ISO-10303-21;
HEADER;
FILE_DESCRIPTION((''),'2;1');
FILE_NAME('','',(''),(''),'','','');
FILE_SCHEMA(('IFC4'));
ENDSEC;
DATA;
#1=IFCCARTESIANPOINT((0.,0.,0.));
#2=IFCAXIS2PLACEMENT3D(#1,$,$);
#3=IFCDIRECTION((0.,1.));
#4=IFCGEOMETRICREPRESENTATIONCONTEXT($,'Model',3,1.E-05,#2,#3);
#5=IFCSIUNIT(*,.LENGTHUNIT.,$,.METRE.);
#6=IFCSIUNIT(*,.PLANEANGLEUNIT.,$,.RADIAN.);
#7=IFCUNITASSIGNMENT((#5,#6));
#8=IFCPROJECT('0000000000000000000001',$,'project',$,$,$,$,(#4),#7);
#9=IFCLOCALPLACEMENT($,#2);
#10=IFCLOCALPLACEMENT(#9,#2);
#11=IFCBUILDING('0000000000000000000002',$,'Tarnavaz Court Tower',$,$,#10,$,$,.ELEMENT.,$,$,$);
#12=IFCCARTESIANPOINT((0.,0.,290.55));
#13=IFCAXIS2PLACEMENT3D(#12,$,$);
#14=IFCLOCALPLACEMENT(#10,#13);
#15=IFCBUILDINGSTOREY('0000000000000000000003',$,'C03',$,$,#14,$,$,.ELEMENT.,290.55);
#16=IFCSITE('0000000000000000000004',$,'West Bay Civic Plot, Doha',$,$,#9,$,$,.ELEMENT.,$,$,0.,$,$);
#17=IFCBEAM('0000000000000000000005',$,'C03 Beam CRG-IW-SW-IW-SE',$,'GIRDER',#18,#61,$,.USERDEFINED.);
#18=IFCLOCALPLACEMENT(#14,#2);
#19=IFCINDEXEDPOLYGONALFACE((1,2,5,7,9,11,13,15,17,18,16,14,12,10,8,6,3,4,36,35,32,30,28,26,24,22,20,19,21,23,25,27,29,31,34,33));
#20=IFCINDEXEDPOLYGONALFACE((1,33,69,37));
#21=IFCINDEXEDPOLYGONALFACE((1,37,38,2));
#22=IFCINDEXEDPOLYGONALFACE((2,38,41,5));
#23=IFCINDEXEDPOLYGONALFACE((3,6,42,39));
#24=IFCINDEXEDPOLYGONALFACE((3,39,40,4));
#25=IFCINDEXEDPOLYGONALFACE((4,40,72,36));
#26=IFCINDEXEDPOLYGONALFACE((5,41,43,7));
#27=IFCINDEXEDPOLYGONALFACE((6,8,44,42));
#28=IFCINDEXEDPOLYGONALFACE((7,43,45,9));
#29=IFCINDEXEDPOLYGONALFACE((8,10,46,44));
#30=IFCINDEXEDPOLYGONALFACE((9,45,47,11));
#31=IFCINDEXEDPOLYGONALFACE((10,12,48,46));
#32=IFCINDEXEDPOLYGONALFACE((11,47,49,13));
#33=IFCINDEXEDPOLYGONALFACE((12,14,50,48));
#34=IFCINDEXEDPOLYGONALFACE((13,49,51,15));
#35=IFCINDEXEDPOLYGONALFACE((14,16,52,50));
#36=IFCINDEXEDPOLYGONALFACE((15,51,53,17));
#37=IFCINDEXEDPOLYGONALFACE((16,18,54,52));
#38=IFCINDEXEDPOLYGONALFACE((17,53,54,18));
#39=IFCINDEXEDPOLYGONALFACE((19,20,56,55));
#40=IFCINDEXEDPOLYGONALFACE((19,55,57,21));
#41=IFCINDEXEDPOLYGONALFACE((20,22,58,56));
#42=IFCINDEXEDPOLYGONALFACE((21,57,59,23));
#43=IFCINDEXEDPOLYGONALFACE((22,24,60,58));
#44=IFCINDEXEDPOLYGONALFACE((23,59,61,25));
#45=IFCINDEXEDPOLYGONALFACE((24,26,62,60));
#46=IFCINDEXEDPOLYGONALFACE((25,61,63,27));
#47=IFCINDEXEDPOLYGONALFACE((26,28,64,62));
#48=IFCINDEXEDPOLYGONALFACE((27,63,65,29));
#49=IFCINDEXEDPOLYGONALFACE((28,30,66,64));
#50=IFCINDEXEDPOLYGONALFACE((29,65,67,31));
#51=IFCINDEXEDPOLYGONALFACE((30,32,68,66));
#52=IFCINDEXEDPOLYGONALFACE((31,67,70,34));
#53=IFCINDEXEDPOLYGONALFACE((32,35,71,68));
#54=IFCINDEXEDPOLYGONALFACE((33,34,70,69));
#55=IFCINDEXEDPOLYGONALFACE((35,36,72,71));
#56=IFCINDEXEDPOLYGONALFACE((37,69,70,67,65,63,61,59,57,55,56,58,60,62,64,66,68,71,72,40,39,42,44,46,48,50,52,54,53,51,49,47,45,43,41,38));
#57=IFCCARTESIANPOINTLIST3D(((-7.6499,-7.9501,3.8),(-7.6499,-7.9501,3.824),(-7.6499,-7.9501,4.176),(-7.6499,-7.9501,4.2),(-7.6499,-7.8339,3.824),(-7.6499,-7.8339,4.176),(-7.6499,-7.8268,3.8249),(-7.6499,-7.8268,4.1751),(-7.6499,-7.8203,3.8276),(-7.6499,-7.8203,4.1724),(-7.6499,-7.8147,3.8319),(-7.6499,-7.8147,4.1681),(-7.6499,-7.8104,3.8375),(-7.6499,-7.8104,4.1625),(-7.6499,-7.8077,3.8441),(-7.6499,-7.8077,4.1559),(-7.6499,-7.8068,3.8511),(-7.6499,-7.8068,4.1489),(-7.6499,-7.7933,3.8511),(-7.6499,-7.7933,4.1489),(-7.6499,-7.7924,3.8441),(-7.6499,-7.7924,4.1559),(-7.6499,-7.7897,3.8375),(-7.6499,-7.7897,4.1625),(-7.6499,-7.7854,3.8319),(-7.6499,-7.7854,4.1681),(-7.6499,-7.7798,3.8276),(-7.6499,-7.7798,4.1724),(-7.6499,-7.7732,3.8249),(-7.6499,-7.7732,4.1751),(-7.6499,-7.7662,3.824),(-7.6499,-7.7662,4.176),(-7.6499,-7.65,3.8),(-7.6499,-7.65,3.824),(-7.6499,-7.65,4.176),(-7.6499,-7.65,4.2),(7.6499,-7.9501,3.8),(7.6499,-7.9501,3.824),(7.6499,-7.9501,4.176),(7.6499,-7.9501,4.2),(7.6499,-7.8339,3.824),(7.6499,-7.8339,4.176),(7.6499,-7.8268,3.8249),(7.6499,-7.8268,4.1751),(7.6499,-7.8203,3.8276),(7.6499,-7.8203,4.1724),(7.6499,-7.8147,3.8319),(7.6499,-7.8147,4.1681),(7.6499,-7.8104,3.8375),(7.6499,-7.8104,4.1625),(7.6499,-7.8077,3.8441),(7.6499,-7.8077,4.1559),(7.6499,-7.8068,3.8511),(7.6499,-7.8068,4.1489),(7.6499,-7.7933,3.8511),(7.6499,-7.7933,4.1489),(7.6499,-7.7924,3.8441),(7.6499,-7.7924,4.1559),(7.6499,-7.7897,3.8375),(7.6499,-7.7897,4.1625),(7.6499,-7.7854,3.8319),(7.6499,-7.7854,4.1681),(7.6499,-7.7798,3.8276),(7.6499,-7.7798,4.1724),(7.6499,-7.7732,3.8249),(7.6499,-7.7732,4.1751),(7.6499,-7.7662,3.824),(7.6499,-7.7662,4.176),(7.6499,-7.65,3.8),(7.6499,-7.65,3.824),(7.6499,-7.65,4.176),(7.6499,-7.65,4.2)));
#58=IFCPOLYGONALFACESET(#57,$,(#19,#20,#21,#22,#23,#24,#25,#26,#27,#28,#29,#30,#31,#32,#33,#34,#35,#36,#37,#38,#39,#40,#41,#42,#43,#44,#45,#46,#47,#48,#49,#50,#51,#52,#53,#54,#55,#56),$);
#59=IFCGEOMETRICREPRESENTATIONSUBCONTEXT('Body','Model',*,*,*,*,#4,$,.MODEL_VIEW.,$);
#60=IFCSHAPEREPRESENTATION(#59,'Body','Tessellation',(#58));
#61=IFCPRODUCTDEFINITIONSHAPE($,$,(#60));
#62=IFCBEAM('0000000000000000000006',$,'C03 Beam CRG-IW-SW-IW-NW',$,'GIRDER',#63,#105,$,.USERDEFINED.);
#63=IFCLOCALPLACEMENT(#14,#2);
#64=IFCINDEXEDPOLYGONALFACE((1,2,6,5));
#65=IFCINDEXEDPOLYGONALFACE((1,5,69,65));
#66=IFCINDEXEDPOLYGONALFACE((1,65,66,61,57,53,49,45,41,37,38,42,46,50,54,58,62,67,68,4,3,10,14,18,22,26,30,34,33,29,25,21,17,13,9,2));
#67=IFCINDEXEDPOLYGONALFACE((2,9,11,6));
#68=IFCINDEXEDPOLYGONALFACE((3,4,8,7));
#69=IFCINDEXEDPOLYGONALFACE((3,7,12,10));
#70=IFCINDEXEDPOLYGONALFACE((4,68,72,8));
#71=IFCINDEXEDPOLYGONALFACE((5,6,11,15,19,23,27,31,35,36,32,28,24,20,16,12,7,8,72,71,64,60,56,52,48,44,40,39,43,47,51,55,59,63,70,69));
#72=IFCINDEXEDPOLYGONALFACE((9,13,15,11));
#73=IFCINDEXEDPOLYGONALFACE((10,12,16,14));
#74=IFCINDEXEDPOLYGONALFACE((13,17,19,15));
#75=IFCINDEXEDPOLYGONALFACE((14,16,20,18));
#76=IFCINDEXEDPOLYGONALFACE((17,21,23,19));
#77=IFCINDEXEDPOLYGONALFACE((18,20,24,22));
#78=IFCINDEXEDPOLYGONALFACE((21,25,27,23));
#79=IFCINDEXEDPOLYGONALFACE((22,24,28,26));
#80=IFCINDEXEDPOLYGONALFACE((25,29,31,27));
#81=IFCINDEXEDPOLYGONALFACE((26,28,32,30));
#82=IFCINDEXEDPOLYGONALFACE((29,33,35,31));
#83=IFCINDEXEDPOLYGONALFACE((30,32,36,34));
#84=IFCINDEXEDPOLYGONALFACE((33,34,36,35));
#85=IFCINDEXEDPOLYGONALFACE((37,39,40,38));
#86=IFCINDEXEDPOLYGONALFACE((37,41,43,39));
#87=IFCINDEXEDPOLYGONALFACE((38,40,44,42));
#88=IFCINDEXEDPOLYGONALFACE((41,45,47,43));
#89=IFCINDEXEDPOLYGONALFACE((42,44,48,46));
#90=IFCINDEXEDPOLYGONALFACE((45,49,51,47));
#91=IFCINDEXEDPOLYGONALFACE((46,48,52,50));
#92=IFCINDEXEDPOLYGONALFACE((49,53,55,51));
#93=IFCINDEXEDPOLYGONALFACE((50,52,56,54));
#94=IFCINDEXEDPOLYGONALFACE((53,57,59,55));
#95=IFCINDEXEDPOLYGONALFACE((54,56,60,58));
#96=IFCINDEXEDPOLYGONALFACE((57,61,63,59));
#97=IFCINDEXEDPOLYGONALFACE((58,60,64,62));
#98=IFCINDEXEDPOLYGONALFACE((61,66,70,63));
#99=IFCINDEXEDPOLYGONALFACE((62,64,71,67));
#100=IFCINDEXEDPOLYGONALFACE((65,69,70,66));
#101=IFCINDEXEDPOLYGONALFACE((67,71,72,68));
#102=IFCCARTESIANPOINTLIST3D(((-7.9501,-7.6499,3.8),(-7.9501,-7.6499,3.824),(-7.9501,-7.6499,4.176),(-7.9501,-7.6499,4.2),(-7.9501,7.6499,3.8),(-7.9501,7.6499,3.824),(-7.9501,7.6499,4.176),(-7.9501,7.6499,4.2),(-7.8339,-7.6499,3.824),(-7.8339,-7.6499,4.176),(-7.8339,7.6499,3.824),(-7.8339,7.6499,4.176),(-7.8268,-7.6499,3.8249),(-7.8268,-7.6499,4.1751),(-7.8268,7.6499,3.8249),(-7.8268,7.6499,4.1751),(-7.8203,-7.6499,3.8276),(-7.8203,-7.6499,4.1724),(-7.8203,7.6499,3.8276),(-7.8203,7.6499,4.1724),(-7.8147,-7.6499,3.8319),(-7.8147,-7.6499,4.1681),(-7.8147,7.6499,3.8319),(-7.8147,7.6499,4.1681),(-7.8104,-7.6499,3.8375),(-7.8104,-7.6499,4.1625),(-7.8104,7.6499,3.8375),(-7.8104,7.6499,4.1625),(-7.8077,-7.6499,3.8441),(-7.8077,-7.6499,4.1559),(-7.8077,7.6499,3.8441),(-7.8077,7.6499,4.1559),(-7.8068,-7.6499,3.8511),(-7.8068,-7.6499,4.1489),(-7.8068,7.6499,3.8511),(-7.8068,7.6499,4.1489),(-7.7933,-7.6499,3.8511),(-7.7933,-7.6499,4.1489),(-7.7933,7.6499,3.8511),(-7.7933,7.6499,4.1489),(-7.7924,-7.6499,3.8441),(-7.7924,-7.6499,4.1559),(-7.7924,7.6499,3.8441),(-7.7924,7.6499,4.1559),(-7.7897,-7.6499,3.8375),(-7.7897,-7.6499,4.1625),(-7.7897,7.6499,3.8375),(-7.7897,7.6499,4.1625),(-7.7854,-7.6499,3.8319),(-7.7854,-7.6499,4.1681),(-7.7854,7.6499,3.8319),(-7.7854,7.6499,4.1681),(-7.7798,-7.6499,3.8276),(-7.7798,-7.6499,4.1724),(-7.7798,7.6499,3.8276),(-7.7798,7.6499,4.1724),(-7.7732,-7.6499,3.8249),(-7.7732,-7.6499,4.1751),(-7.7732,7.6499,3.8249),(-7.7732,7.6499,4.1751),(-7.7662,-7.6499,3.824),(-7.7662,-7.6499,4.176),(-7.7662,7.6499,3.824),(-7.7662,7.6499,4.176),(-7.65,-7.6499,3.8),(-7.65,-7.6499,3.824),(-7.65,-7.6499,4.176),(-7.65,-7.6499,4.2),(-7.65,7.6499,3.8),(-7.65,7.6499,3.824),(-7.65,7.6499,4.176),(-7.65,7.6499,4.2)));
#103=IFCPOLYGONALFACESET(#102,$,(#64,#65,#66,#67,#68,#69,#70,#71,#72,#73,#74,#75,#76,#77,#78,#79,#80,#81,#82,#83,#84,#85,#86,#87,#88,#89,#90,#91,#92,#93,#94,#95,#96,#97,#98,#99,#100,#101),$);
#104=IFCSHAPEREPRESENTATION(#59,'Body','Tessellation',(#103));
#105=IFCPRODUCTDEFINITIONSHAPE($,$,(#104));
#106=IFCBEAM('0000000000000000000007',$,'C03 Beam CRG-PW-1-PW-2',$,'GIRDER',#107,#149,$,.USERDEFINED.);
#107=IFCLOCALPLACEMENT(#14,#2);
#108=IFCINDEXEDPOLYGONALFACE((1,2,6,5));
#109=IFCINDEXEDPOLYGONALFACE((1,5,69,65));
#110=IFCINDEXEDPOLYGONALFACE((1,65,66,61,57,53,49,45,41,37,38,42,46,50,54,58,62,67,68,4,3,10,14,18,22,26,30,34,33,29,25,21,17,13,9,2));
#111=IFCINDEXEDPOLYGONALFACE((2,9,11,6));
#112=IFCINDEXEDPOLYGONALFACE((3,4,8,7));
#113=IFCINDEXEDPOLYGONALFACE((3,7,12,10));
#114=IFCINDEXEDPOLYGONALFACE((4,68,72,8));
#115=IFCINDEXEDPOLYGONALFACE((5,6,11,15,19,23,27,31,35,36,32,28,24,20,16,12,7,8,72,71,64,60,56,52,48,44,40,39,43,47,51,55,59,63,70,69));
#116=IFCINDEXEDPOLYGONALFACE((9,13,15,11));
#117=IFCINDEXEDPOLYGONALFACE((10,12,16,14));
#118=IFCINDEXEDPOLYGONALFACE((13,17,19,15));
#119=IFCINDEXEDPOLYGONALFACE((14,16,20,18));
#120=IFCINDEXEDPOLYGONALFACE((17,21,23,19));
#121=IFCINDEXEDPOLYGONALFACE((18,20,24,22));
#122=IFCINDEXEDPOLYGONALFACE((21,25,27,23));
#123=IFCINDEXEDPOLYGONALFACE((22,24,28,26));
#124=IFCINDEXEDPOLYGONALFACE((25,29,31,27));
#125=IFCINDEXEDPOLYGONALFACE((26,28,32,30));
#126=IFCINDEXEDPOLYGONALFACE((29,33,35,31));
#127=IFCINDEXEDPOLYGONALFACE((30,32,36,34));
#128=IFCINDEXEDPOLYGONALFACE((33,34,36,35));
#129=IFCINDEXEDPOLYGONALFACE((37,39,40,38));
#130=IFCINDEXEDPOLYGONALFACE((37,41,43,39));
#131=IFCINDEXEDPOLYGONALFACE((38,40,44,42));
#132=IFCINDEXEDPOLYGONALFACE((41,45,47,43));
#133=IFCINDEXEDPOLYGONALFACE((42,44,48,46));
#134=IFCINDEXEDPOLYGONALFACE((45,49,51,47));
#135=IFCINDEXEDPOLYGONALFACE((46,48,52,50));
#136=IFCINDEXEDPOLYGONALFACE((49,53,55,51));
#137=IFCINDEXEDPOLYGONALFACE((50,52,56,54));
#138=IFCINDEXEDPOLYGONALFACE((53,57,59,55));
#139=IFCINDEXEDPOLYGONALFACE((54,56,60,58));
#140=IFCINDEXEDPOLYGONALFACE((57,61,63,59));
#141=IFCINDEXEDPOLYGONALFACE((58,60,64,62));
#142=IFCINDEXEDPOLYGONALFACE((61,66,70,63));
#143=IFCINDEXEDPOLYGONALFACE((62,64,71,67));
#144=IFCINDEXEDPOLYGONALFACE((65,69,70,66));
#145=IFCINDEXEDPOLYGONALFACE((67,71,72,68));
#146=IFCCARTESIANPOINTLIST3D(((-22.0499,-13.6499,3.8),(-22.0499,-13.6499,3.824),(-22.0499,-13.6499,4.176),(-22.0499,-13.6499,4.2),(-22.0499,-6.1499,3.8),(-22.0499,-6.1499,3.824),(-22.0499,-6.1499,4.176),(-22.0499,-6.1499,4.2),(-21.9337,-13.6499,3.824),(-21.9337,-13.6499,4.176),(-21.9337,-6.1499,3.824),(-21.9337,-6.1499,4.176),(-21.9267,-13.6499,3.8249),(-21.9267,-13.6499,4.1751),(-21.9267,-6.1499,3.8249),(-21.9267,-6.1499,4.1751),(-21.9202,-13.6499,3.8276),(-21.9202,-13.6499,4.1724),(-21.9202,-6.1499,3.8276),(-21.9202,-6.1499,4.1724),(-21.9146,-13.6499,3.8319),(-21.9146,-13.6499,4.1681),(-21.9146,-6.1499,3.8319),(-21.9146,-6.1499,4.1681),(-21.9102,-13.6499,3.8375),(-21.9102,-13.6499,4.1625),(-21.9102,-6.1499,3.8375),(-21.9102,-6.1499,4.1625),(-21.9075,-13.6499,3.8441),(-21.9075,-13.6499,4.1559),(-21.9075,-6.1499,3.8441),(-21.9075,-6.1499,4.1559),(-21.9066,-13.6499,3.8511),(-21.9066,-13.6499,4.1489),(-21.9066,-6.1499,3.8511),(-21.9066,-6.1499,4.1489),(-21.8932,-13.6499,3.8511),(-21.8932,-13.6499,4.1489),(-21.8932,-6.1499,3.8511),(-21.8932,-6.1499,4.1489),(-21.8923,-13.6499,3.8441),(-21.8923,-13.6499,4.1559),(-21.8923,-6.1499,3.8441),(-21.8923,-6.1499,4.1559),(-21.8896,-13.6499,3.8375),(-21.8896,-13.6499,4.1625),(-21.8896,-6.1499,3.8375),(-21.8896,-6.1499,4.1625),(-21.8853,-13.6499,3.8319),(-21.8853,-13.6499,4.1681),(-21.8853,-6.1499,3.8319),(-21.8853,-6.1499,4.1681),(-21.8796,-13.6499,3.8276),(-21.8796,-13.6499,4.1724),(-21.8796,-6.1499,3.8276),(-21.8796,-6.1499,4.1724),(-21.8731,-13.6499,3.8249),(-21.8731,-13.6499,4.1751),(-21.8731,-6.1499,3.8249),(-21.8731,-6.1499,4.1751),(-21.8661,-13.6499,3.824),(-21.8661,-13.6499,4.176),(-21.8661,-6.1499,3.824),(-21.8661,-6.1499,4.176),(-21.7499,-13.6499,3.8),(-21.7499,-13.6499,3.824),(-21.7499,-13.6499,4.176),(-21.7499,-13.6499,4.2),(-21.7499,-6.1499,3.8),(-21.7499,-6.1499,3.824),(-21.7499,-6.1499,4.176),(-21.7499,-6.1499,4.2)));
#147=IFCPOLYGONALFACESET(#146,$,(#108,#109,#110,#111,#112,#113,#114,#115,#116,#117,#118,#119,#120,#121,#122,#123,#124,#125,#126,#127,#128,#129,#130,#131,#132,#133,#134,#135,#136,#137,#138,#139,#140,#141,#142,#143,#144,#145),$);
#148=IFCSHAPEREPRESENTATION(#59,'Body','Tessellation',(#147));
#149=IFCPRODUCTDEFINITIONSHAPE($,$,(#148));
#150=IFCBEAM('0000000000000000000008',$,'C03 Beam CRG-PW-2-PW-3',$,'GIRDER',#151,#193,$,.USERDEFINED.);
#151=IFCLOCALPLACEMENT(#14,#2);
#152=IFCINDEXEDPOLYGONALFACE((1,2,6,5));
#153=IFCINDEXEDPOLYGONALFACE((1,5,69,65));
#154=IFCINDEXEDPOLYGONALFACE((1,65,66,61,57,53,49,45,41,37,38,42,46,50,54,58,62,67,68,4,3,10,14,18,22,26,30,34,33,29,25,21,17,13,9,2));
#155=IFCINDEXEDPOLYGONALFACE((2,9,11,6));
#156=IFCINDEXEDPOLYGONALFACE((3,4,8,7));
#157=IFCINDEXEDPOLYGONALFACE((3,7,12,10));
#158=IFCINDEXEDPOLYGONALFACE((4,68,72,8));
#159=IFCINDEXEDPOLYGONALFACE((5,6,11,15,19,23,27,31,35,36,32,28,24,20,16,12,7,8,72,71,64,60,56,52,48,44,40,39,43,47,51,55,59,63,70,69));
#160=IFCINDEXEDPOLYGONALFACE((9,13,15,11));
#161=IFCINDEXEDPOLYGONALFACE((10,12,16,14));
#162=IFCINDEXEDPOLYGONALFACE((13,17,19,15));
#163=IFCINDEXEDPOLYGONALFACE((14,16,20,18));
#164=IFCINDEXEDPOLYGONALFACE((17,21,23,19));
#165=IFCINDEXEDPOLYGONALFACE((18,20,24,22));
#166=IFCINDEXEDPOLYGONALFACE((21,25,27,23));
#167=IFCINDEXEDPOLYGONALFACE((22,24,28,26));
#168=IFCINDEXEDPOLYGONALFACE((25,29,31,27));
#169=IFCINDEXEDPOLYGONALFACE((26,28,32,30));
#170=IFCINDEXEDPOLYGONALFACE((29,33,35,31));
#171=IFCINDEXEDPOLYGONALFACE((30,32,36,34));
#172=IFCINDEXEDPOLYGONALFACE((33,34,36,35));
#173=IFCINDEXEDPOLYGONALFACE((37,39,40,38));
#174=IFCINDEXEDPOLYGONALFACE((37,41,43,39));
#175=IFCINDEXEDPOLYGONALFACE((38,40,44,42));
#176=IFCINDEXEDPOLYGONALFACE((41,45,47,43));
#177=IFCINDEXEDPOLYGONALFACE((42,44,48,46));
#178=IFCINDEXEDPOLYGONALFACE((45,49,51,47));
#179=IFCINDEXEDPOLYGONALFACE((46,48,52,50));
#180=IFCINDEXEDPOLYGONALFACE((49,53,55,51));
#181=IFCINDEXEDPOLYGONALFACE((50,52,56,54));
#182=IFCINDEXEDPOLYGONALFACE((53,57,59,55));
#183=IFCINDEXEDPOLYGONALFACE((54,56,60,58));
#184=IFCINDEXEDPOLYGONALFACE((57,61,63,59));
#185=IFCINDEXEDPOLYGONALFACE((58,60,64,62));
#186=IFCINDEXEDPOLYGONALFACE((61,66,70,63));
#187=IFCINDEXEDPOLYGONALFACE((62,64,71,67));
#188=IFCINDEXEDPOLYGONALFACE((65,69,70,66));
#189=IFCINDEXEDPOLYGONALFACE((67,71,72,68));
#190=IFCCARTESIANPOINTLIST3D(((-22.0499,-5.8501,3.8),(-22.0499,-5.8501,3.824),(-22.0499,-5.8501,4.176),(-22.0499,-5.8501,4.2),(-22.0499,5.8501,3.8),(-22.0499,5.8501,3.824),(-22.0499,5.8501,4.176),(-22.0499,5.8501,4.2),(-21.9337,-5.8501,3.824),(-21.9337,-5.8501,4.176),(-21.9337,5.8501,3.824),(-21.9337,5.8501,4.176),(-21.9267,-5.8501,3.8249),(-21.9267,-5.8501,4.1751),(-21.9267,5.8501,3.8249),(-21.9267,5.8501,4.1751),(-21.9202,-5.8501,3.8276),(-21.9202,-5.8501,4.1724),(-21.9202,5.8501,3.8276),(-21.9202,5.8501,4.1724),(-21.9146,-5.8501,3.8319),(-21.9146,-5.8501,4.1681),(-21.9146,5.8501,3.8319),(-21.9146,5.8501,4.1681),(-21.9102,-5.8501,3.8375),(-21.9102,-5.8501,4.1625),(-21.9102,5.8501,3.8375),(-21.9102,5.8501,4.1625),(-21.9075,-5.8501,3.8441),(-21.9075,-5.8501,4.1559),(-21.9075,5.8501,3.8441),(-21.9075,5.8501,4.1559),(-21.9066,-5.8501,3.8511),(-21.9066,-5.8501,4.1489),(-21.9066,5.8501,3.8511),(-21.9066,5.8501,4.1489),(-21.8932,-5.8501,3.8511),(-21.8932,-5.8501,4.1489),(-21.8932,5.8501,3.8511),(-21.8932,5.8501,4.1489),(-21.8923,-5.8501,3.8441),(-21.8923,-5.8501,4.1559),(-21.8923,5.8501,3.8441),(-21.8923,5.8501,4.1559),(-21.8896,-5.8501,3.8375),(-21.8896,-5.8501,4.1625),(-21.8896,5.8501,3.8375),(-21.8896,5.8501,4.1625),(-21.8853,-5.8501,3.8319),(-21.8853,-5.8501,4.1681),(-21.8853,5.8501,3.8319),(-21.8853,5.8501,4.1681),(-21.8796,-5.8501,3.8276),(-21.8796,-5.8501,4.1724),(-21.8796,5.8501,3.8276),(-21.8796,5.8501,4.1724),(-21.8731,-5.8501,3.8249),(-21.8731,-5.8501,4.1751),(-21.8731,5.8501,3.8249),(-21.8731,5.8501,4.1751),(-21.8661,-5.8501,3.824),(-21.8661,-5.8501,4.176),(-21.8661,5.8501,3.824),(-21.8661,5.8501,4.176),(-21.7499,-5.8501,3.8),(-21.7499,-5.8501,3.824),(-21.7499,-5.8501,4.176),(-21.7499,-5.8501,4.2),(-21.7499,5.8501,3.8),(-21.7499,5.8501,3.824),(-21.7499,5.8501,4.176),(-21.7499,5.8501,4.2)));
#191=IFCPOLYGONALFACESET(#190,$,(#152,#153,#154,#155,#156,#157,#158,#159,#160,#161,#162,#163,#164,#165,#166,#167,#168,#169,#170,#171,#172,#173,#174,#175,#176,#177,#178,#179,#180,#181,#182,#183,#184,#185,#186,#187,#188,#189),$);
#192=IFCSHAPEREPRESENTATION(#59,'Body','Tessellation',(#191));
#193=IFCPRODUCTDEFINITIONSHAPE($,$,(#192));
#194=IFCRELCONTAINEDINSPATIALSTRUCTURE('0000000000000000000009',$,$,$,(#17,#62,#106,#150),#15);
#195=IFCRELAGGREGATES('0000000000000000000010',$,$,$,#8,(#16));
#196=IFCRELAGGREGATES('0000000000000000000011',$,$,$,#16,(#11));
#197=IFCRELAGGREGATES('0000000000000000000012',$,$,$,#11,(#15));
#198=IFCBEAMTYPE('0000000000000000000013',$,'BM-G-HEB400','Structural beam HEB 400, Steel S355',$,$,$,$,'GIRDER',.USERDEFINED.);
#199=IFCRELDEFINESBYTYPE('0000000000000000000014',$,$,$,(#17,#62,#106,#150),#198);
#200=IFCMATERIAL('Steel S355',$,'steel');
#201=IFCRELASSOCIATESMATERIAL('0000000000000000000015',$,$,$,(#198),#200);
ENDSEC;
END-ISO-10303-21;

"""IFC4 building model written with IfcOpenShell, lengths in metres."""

from ifc_helpers import new_model, si_unit, direction, frame, origin, origin_2d, place, context, subcontext, project, spatial, i_section, extrude, material, material_profile, profile_set, type_object, element, save


model = new_model("IFC4")

# Units and contexts
model_context = context("Model", 3, precision=1e-05, world=origin(), true_north=direction((0.0, 1.0)))
body_context = subcontext(model_context, "Body", "Model", "MODEL_VIEW")
ifc_project = project(units=[si_unit("LENGTHUNIT", "METRE"), si_unit("PLANEANGLEUNIT", "RADIAN")], contexts=[model_context])

# Site, building, storey
site_placement = place(None, origin())
site = spatial("IfcSite", under=ifc_project, at=site_placement, Name="West Bay Civic Plot, Doha", CompositionType="ELEMENT", RefElevation=0.0)
building_placement = place(site_placement, origin())
building = spatial("IfcBuilding", under=site, at=building_placement, Name="Tarnavaz Court Tower", CompositionType="ELEMENT")
storey_placement = place(building_placement, frame((0.0, 0.0, 290.55)))
storey = spatial("IfcBuildingStorey", under=building, at=storey_placement, Name="C03", CompositionType="ELEMENT", Elevation=290.55)

# Shared definitions
ifc_material_1 = material(Name="Steel S355", Category="steel")

# Beams
ifc_material_profile_1 = material_profile(ifc_material_1, i_section(OverallWidth=0.3, OverallDepth=0.3999, WebThickness=0.0134, FlangeThickness=0.0239, FilletRadius=0.0271, at=origin_2d()), Name="HEB 400")
ifc_profile_set_1 = profile_set([ifc_material_profile_1], Name="Steel S355")
beam_type_1 = type_object("IfcBeamType", Name="BM-G-HEB400", Description="Structural beam HEB 400, Steel S355", ElementType="GIRDER", PredefinedType="USERDEFINED", material=ifc_profile_set_1)
for number, where, z_axis, x_axis, name in (
    (1, (-7.6499, -7.8, 4.0), (1.0, 0.0, 0.0), (0.0, 1.0, 0.0), "C03 Beam CRG-IW-SW-IW-SE"),
    (2, (-7.8, -7.6499, 4.0), (0.0, 1.0, 0.0), (-1.0, 0.0, 0.0), "C03 Beam CRG-IW-SW-IW-NW"),
):
    element("IfcBeam", number, at=place(storey_placement, frame(where, z_axis=z_axis, x_axis=x_axis)), inside=storey, type_object=beam_type_1, Name=name, ObjectType="GIRDER", PredefinedType="USERDEFINED", context=body_context, shape_type="SweptSolid", body=[
        extrude(i_section(OverallWidth=0.3, OverallDepth=0.3999, WebThickness=0.0134, FlangeThickness=0.0239, FilletRadius=0.0271, at=origin_2d()), origin(), (0.0, 0.0, 1.0), 15.2998),
    ])
beam_1_placement = place(storey_placement, frame((-21.8999, -13.6499, 4.0), z_axis=(0.0, 1.0, 0.0), x_axis=(-1.0, 0.0, 0.0)))
element("IfcBeam", 3, at=beam_1_placement, inside=storey, type_object=beam_type_1, Name="C03 Beam CRG-PW-1-PW-2", ObjectType="GIRDER", PredefinedType="USERDEFINED", context=body_context, shape_type="SweptSolid", body=[
    extrude(i_section(OverallWidth=0.3, OverallDepth=0.3999, WebThickness=0.0134, FlangeThickness=0.0239, FilletRadius=0.0271, at=origin_2d()), origin(), (0.0, 0.0, 1.0), 7.5),
])
beam_2_placement = place(storey_placement, frame((-21.8999, -5.8501, 4.0), z_axis=(0.0, 1.0, 0.0), x_axis=(-1.0, 0.0, 0.0)))
element("IfcBeam", 4, at=beam_2_placement, inside=storey, type_object=beam_type_1, Name="C03 Beam CRG-PW-2-PW-3", ObjectType="GIRDER", PredefinedType="USERDEFINED", context=body_context, shape_type="SweptSolid", body=[
    extrude(i_section(OverallWidth=0.3, OverallDepth=0.3999, WebThickness=0.0134, FlangeThickness=0.0239, FilletRadius=0.0271, at=origin_2d()), origin(), (0.0, 0.0, 1.0), 11.7002),
])

save(model, "model.ifc")
